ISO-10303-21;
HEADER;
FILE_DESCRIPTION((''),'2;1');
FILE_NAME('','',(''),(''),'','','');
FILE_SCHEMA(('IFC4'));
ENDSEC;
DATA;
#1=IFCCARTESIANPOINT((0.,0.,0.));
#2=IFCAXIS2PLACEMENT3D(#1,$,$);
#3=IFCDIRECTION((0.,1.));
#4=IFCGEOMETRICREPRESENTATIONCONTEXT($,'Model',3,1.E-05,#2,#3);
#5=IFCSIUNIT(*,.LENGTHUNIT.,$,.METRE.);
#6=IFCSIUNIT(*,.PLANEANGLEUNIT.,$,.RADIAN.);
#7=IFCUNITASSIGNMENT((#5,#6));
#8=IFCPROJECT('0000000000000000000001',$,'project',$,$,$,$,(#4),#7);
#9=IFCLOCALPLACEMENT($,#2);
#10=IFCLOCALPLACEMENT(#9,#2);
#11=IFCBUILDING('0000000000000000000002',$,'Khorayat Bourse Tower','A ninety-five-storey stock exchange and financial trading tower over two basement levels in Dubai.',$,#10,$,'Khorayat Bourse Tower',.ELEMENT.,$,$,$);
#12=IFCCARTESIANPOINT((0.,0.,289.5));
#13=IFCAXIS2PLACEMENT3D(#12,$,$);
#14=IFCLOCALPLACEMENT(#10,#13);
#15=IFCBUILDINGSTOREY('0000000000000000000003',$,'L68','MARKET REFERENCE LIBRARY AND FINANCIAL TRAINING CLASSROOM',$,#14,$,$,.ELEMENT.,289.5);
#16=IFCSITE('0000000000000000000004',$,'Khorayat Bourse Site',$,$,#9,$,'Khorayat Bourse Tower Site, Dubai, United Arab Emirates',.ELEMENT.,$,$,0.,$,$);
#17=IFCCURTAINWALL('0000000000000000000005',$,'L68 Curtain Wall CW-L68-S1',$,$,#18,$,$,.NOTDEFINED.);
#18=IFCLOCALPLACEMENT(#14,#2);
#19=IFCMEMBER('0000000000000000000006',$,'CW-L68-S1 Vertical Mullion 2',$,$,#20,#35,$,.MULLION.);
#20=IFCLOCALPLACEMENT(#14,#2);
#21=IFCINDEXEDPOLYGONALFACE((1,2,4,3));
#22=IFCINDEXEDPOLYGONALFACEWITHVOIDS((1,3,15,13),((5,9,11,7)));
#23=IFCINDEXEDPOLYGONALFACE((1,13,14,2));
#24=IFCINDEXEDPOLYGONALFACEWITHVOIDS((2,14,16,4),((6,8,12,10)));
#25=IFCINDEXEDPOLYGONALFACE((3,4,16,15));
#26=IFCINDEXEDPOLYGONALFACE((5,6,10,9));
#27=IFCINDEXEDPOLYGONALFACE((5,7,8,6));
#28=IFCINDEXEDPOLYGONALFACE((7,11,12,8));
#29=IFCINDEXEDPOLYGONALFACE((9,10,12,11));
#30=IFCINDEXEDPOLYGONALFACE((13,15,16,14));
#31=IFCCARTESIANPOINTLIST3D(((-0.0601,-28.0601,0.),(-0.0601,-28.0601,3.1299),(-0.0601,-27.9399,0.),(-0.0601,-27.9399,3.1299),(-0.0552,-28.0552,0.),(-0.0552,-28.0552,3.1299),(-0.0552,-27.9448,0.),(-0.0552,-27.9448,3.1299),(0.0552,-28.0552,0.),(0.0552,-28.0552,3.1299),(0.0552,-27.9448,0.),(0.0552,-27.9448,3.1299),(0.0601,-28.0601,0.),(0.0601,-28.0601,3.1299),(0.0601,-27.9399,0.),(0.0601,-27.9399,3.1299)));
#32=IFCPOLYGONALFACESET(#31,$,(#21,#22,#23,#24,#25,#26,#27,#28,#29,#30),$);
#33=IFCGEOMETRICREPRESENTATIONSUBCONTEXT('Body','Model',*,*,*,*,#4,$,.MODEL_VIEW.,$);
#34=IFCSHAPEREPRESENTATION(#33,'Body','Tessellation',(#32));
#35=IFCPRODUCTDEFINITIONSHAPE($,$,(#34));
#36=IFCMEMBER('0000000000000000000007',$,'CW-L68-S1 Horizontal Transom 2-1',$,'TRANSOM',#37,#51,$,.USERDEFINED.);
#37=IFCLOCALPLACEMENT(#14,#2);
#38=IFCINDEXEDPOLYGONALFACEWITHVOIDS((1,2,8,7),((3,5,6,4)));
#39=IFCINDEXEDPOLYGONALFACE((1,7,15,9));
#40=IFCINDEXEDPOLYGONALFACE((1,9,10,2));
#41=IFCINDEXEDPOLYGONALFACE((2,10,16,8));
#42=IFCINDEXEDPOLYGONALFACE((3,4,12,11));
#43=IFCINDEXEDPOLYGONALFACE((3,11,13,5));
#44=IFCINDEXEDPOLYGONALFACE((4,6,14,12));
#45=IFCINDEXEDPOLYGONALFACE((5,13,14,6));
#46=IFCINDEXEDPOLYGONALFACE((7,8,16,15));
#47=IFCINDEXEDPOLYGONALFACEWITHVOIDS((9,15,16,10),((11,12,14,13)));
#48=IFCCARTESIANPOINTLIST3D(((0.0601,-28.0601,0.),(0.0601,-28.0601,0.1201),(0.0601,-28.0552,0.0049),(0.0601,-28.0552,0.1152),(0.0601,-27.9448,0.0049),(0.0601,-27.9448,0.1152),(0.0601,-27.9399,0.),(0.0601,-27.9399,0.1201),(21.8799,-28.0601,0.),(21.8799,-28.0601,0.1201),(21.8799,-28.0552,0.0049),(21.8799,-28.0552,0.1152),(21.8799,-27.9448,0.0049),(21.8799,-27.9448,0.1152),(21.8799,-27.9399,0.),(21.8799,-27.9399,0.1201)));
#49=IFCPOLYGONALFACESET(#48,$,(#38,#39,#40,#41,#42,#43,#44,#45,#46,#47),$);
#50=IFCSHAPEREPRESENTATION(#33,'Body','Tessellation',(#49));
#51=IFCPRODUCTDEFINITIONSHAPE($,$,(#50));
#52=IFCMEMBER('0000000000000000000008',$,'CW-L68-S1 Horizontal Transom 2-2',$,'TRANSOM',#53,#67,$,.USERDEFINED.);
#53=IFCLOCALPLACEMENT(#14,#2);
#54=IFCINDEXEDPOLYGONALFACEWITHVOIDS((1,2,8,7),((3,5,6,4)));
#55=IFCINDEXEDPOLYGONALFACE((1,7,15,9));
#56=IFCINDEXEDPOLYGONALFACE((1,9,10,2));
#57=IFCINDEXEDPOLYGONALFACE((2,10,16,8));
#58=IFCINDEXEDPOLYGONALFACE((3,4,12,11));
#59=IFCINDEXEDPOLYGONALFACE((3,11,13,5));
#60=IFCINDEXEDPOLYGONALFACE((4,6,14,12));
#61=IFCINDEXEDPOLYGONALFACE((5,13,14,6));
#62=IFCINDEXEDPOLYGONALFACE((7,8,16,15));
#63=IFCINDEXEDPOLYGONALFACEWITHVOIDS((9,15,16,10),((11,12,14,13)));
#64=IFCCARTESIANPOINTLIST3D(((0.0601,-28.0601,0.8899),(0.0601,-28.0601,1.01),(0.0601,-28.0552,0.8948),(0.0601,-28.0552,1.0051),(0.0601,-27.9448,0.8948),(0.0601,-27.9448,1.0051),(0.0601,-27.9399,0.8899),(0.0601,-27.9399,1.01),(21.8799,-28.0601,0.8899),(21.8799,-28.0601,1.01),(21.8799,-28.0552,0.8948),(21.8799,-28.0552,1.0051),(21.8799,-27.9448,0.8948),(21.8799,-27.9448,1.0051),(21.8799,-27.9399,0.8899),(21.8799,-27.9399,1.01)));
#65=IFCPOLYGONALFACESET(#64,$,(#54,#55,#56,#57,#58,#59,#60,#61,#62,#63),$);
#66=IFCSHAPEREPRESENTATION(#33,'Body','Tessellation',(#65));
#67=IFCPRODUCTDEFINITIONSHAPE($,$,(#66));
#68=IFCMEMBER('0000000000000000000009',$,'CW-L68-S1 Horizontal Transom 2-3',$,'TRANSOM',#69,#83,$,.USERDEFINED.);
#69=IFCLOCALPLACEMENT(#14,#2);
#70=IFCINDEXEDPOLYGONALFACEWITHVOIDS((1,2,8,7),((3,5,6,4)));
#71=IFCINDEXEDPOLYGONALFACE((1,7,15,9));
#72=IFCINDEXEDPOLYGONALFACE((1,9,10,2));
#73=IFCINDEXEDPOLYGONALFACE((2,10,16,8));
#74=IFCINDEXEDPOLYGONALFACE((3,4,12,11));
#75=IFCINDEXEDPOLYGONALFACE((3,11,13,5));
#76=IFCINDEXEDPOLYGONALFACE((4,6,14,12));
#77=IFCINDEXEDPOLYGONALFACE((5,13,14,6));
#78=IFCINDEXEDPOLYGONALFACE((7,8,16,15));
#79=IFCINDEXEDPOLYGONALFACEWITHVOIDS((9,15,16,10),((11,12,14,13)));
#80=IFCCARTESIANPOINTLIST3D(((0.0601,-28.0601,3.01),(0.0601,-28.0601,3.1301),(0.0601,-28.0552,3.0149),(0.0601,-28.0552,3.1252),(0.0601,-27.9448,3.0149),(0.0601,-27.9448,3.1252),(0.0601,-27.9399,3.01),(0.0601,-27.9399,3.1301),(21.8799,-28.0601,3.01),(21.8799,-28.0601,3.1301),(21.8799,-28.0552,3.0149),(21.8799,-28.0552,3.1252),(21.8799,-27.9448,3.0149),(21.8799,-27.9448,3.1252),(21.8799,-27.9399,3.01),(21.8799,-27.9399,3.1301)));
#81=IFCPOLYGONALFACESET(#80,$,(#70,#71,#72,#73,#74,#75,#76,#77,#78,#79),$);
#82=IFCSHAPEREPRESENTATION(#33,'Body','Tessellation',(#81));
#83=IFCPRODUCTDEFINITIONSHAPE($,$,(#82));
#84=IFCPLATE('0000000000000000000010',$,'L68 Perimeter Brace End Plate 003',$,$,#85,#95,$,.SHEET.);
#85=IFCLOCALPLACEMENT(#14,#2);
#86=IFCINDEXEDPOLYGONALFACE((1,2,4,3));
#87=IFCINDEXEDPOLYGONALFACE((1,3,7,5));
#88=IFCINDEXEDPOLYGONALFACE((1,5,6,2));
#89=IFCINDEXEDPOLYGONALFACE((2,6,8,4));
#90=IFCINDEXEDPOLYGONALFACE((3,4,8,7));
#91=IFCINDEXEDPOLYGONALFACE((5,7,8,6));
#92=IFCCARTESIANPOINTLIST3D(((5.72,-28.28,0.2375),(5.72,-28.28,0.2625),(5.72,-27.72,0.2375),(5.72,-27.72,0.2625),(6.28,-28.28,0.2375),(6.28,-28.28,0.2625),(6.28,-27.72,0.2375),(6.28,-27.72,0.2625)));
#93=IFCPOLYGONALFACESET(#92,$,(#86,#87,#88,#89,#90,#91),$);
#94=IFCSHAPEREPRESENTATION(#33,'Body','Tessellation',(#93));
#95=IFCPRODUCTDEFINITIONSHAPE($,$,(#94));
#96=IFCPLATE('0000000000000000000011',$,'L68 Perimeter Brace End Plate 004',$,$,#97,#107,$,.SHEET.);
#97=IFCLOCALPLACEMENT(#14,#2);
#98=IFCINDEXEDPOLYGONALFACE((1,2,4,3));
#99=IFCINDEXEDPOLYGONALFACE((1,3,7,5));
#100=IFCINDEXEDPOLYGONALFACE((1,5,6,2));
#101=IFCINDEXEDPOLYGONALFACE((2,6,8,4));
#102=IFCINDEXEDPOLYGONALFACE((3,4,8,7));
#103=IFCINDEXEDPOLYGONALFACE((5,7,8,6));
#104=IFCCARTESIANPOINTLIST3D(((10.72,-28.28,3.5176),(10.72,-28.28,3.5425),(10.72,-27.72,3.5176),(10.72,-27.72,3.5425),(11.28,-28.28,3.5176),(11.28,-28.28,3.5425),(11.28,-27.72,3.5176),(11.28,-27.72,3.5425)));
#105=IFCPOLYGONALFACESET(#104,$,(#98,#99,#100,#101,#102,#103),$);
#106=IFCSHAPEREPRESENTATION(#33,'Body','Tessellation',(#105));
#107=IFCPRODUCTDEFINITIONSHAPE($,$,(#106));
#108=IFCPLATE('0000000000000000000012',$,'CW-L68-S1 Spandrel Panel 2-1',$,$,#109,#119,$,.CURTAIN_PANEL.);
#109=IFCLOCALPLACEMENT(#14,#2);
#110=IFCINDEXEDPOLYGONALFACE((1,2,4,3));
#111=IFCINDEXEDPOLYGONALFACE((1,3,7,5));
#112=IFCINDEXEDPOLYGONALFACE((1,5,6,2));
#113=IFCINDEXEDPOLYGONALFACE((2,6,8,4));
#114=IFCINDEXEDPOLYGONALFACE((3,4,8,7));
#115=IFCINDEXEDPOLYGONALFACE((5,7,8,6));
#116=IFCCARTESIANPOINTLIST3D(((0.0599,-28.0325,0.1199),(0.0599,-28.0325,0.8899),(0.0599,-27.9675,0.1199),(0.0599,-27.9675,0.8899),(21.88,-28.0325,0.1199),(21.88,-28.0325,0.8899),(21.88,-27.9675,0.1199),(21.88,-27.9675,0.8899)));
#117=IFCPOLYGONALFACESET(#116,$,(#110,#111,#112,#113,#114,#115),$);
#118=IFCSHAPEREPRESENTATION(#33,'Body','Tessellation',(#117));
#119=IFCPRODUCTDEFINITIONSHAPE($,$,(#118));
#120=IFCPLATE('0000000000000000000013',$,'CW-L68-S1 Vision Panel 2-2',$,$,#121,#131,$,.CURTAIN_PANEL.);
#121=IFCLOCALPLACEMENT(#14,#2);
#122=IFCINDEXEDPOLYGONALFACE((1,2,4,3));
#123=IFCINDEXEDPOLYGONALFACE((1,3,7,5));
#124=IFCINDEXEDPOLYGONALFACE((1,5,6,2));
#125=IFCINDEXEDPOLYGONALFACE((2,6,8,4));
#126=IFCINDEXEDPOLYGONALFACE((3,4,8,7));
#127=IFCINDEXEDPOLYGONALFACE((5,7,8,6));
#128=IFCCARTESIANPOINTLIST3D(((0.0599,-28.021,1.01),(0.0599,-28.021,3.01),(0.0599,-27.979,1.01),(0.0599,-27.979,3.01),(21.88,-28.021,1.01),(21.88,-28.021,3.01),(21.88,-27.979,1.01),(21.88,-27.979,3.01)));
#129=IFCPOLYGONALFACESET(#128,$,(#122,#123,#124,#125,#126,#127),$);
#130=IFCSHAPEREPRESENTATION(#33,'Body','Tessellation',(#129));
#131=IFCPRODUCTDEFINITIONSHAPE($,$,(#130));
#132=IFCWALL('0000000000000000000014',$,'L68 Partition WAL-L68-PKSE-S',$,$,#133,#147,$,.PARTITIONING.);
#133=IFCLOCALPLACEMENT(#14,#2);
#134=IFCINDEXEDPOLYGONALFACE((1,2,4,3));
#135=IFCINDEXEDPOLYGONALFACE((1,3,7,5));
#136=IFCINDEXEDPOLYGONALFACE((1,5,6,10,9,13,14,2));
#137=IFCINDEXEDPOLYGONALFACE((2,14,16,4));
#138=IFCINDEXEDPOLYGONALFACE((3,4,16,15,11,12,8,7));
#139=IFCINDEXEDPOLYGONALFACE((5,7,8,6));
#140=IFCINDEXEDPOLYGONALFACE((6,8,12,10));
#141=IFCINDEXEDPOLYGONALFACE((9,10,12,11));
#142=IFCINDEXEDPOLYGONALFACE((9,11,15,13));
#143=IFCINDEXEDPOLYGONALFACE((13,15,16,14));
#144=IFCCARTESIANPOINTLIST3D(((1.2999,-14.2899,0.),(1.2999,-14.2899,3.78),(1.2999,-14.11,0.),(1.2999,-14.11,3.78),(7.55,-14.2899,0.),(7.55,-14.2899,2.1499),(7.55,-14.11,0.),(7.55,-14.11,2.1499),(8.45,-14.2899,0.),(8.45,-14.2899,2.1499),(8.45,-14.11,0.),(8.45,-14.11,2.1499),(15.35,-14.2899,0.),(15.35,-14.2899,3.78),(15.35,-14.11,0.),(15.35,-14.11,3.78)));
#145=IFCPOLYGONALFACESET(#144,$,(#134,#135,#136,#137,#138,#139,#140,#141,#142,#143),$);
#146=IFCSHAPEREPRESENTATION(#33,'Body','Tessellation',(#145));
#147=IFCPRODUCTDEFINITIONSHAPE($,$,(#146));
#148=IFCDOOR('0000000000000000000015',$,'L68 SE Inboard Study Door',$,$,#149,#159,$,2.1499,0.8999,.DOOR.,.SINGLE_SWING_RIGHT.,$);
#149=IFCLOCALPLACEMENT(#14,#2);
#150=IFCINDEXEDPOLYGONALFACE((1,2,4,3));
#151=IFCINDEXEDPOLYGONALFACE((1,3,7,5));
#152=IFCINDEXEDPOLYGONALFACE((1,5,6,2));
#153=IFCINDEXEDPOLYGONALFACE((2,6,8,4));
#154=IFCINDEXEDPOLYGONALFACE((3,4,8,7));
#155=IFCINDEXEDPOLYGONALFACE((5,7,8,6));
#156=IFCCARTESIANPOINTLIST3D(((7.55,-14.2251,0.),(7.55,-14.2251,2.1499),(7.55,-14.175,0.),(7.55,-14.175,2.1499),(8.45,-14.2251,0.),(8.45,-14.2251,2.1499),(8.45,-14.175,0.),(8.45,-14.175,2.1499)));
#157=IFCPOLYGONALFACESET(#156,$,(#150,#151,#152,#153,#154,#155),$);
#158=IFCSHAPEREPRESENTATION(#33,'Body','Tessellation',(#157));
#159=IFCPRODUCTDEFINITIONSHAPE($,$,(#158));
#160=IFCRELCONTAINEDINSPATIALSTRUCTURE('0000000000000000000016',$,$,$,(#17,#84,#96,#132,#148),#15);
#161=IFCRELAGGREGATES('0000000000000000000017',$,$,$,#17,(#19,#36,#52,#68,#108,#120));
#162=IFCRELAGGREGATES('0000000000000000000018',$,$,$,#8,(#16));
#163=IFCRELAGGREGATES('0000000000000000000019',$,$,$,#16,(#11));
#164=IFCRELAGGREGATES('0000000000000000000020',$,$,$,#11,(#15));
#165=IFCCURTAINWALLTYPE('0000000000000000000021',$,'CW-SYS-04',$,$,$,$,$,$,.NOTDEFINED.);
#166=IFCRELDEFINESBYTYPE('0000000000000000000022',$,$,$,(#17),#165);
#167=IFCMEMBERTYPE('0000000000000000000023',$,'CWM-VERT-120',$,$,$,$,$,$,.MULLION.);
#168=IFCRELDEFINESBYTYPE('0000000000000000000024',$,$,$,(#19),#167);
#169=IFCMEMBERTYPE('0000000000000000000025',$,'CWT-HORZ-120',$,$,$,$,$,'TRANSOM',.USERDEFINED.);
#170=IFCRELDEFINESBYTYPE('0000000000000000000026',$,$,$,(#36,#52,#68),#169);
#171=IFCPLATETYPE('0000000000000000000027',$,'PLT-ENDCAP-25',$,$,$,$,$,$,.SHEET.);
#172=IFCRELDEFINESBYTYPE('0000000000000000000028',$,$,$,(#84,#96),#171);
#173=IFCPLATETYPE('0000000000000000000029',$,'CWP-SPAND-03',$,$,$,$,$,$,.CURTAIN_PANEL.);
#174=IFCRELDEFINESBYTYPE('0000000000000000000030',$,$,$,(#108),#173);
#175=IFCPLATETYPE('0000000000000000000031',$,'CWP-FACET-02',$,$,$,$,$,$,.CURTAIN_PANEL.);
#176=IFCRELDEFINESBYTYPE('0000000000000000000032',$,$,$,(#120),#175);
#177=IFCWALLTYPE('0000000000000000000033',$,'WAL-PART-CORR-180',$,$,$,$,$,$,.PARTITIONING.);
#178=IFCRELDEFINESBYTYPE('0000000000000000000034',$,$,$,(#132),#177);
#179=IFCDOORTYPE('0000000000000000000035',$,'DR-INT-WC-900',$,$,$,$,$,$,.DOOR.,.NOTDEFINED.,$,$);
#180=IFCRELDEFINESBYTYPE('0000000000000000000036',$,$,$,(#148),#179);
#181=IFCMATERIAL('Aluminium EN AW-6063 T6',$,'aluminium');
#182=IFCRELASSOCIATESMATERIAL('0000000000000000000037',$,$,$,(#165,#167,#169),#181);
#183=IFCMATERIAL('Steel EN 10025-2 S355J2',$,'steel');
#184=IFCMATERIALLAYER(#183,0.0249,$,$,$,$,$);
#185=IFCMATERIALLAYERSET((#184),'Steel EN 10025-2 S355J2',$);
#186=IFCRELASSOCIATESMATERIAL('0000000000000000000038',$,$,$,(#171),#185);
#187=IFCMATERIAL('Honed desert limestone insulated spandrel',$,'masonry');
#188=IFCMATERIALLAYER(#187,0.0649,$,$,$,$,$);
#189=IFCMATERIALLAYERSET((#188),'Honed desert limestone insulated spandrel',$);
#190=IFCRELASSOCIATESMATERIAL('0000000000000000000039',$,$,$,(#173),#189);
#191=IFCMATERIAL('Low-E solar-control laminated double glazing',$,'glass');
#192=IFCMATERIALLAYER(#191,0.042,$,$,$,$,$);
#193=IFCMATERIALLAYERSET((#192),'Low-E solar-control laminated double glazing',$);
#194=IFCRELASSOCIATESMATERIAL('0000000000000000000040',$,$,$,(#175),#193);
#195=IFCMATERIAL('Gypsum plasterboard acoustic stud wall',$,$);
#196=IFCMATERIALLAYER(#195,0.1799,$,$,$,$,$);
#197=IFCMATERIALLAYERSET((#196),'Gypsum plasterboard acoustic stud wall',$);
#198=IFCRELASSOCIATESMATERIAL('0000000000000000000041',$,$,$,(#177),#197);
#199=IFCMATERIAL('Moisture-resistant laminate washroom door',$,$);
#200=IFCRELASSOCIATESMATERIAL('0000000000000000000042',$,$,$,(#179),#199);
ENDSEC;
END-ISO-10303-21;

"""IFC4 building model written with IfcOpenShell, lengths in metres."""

from ifc_helpers import new_model, si_unit, direction, frame, frame_2d, origin, origin_2d, place, context, subcontext, project, spatial, rectangle, hollow_rectangle, extrude, source, transform, mapped, material, layer, layer_set, material_profile, profile_set, type_object, element, fill, aggregate, save


model = new_model("IFC4")

# Units and contexts
model_context = context("Model", 3, precision=1e-05, world=origin(), true_north=direction((0.0, 1.0)))
body_context = subcontext(model_context, "Body", "Model", "MODEL_VIEW")
ifc_project = project(units=[si_unit("LENGTHUNIT", "METRE"), si_unit("PLANEANGLEUNIT", "RADIAN")], contexts=[model_context])

# Site, building, storey
site_placement = place(None, origin())
site = spatial("IfcSite", under=ifc_project, at=site_placement, Name="Khorayat Bourse Site", LongName="Khorayat Bourse Tower Site, Dubai, United Arab Emirates", CompositionType="ELEMENT", RefElevation=0.0)
building_placement = place(site_placement, origin())
building = spatial("IfcBuilding", under=site, at=building_placement, Name="Khorayat Bourse Tower", Description="A ninety-five-storey stock exchange and financial trading tower over two basement levels in Dubai.", LongName="Khorayat Bourse Tower", CompositionType="ELEMENT")
storey_placement = place(building_placement, frame((0.0, 0.0, 289.5)))
storey = spatial("IfcBuildingStorey", under=building, at=storey_placement, Name="L68", Description="MARKET REFERENCE LIBRARY AND FINANCIAL TRAINING CLASSROOM", CompositionType="ELEMENT", Elevation=289.5)

# Curtain wall, members
ifc_material_1 = material(Name="Aluminium EN AW-6063 T6", Category="aluminium")
curtain_wall_type = type_object("IfcCurtainWallType", Name="CW-SYS-04", PredefinedType="NOTDEFINED", material=ifc_material_1)
curtain_wall_placement = place(storey_placement, origin())
curtain_wall = element("IfcCurtainWall", 1, at=curtain_wall_placement, inside=storey, type_object=curtain_wall_type, Name="L68 Curtain Wall CW-L68-S1", PredefinedType="NOTDEFINED")
ifc_material_profile_1 = material_profile(ifc_material_1, hollow_rectangle(XDim=0.1201, YDim=0.1201, WallThickness=0.0049, at=origin_2d()), Name="ALU 120x120x5")
ifc_profile_set_1 = profile_set([ifc_material_profile_1], Name="Aluminium EN AW-6063 T6")
member_type_1 = type_object("IfcMemberType", Name="CWM-VERT-120", PredefinedType="MULLION", material=ifc_profile_set_1)
shared_shape_1 = source(origin(), body_context, "Body", "SweptSolid", [
    extrude(hollow_rectangle(XDim=0.1201, YDim=0.1201, WallThickness=0.0049, at=origin_2d()), origin(), (0.0, 0.0, 1.0), 3.1299),
])
member_1_placement = place(storey_placement, frame((0.0, -28.0, 0.0), z_axis=(0.0, 0.0, 1.0), x_axis=(0.0, 1.0, 0.0)))
member_1 = element("IfcMember", 2, at=member_1_placement, type_object=member_type_1, Name="CW-L68-S1 Vertical Mullion 2", PredefinedType="MULLION", context=body_context, shape_type="MappedRepresentation", body=[
    mapped(shared_shape_1, transform((0.0, 0.0, 0.0), scale=1.0)),
])
ifc_material_profile_2 = material_profile(ifc_material_1, hollow_rectangle(XDim=0.1201, YDim=0.1201, WallThickness=0.0049, at=origin_2d()), Name="ALU 120x120x5")
ifc_profile_set_2 = profile_set([ifc_material_profile_2], Name="Aluminium EN AW-6063 T6")
member_type_2 = type_object("IfcMemberType", Name="CWT-HORZ-120", ElementType="TRANSOM", PredefinedType="USERDEFINED", material=ifc_profile_set_2)
shared_shape_2 = source(origin(), body_context, "Body", "SweptSolid", [
    extrude(hollow_rectangle(XDim=0.1201, YDim=0.1201, WallThickness=0.0049, at=origin_2d()), origin(), (0.0, 0.0, 1.0), 21.8198),
])
member_2_placement = place(storey_placement, frame((0.0601, -28.0, 0.0601), z_axis=(1.0, 0.0, 0.0), x_axis=(0.0, 1.0, 0.0)))
member_2 = element("IfcMember", 3, at=member_2_placement, type_object=member_type_2, Name="CW-L68-S1 Horizontal Transom 2-1", ObjectType="TRANSOM", PredefinedType="USERDEFINED", context=body_context, shape_type="MappedRepresentation", body=[
    mapped(shared_shape_2, transform((0.0, 0.0, 0.0), scale=1.0)),
])
member_3_placement = place(storey_placement, frame((0.0601, -28.0, 0.95), z_axis=(1.0, 0.0, 0.0), x_axis=(0.0, 1.0, 0.0)))
member_3 = element("IfcMember", 4, at=member_3_placement, type_object=member_type_2, Name="CW-L68-S1 Horizontal Transom 2-2", ObjectType="TRANSOM", PredefinedType="USERDEFINED", context=body_context, shape_type="MappedRepresentation", body=[
    mapped(shared_shape_2, transform((0.0, 0.0, 0.0), scale=1.0)),
])
member_4_placement = place(storey_placement, frame((0.0601, -28.0, 3.0701), z_axis=(1.0, 0.0, 0.0), x_axis=(0.0, 1.0, 0.0)))
member_4 = element("IfcMember", 5, at=member_4_placement, type_object=member_type_2, Name="CW-L68-S1 Horizontal Transom 2-3", ObjectType="TRANSOM", PredefinedType="USERDEFINED", context=body_context, shape_type="MappedRepresentation", body=[
    mapped(shared_shape_2, transform((0.0, 0.0, 0.0), scale=1.0)),
])

# Plates
ifc_material_2 = material(Name="Steel EN 10025-2 S355J2", Category="steel")
ifc_layer_1 = layer(ifc_material_2, 0.0249)
ifc_layer_set_1 = layer_set([ifc_layer_1], Name="Steel EN 10025-2 S355J2")
plate_type_1 = type_object("IfcPlateType", Name="PLT-ENDCAP-25", PredefinedType="SHEET", material=ifc_layer_set_1)
shared_shape_3 = source(origin(), body_context, "Body", "SweptSolid", [
    extrude(rectangle(XDim=0.5601, YDim=0.5601, at=origin_2d()), origin(), (0.0, 0.0, 1.0), 0.0249),
])
for number, where, z_axis, x_axis, name in (
    (6, (6.0, -28.0, 0.2375), (0.0, 0.0, 1.0), (1.0, 0.0, 0.0), "L68 Perimeter Brace End Plate 003"),
    (7, (11.0, -28.0, 3.5176), (0.0, 0.0, 1.0), (1.0, 0.0, 0.0), "L68 Perimeter Brace End Plate 004"),
):
    element("IfcPlate", number, at=place(storey_placement, frame(where, z_axis=z_axis, x_axis=x_axis)), inside=storey, type_object=plate_type_1, Name=name, PredefinedType="SHEET", context=body_context, shape_type="MappedRepresentation", body=[
        mapped(shared_shape_3, transform((0.0, 0.0, 0.0), scale=1.0)),
    ])

# Plates
ifc_material_3 = material(Name="Honed desert limestone insulated spandrel", Category="masonry")
ifc_layer_2 = layer(ifc_material_3, 0.0649)
ifc_layer_set_2 = layer_set([ifc_layer_2], Name="Honed desert limestone insulated spandrel")
plate_type_2 = type_object("IfcPlateType", Name="CWP-SPAND-03", PredefinedType="CURTAIN_PANEL", material=ifc_layer_set_2)
shared_shape_4 = source(origin(), body_context, "Body", "SweptSolid", [
    extrude(rectangle(XDim=21.8201, YDim=0.0649, at=origin_2d()), origin(), (0.0, 0.0, 1.0), 0.77),
])
plate_1_placement = place(storey_placement, frame((10.97, -28.0, 0.1199), z_axis=(0.0, 0.0, 1.0), x_axis=(1.0, 0.0, 0.0)))
plate_1 = element("IfcPlate", 8, at=plate_1_placement, type_object=plate_type_2, Name="CW-L68-S1 Spandrel Panel 2-1", PredefinedType="CURTAIN_PANEL", context=body_context, shape_type="MappedRepresentation", body=[
    mapped(shared_shape_4, transform((0.0, 0.0, 0.0), scale=1.0)),
])
ifc_material_4 = material(Name="Low-E solar-control laminated double glazing", Category="glass")
ifc_layer_3 = layer(ifc_material_4, 0.042)
ifc_layer_set_3 = layer_set([ifc_layer_3], Name="Low-E solar-control laminated double glazing")
plate_type_3 = type_object("IfcPlateType", Name="CWP-FACET-02", PredefinedType="CURTAIN_PANEL", material=ifc_layer_set_3)
shared_shape_5 = source(origin(), body_context, "Body", "SweptSolid", [
    extrude(rectangle(XDim=21.8201, YDim=0.042, at=origin_2d()), origin(), (0.0, 0.0, 1.0), 2.0),
])
plate_2_placement = place(storey_placement, frame((10.97, -28.0, 1.01), z_axis=(0.0, 0.0, 1.0), x_axis=(1.0, 0.0, 0.0)))
plate_2 = element("IfcPlate", 9, at=plate_2_placement, type_object=plate_type_3, Name="CW-L68-S1 Vision Panel 2-2", PredefinedType="CURTAIN_PANEL", context=body_context, shape_type="MappedRepresentation", body=[
    mapped(shared_shape_5, transform((0.0, 0.0, 0.0), scale=1.0)),
])
aggregate(curtain_wall, [member_1, member_2, member_3, member_4, plate_1, plate_2])

# Wall, opening, door
ifc_material_5 = material(Name="Gypsum plasterboard acoustic stud wall")
ifc_layer_4 = layer(ifc_material_5, 0.1799)
ifc_layer_set_4 = layer_set([ifc_layer_4], Name="Gypsum plasterboard acoustic stud wall")
wall_type_1 = type_object("IfcWallType", Name="WAL-PART-CORR-180", PredefinedType="PARTITIONING", material=ifc_layer_set_4)
shared_shape_6 = source(origin(), body_context, "Body", "SweptSolid", [
    extrude(rectangle(XDim=14.05, YDim=0.1799, at=frame_2d((7.0249, 0.0))), origin(), (0.0, 0.0, 1.0), 3.78),
])
wall_1_placement = place(storey_placement, frame((1.3, -14.2, 0.0), z_axis=(0.0, 0.0, 1.0), x_axis=(1.0, 0.0, 0.0)))
wall_1 = element("IfcWall", 10, at=wall_1_placement, inside=storey, type_object=wall_type_1, Name="L68 Partition WAL-L68-PKSE-S", PredefinedType="PARTITIONING", context=body_context, shape_type="MappedRepresentation", body=[
    mapped(shared_shape_6, transform((0.0, 0.0, 0.0), scale=1.0)),
])
shared_shape_7 = source(origin(), body_context, "Body", "SweptSolid", [
    extrude(rectangle(XDim=0.8999, YDim=2.1499, at=frame_2d((0.45, 1.075))), frame((0.0, 0.0999, 0.0), z_axis=(0.0, -1.0, 0.0), x_axis=(1.0, 0.0, 0.0)), (0.0, 0.0, 1.0), 0.2),
])
opening_1_placement = place(wall_1_placement, frame((6.25, 0.0, 0.0)))
opening_1 = element("IfcOpeningElement", 11, at=opening_1_placement, cuts=wall_1, PredefinedType="OPENING", context=body_context, shape_type="MappedRepresentation", body=[
    mapped(shared_shape_7, transform((0.0, 0.0, 0.0), scale=1.0)),
])
ifc_material_6 = material(Name="Moisture-resistant laminate washroom door")
door_type_1 = type_object("IfcDoorType", Name="DR-INT-WC-900", OperationType="NOTDEFINED", PredefinedType="DOOR", material=ifc_material_6)
shared_shape_8 = source(origin(), body_context, "Body", "SweptSolid", [
    extrude(rectangle(XDim=0.8999, YDim=2.1499, at=frame_2d((0.45, 1.075))), frame((0.0, 0.0249, 0.0), z_axis=(0.0, -1.0, 0.0), x_axis=(1.0, 0.0, 0.0)), (0.0, 0.0, 1.0), 0.05),
])
door_1_placement = place(opening_1_placement, origin())
door_1 = element("IfcDoor", 12, at=door_1_placement, inside=storey, type_object=door_type_1, Name="L68 SE Inboard Study Door", OperationType="SINGLE_SWING_RIGHT", OverallHeight=2.1499, OverallWidth=0.8999, PredefinedType="DOOR", context=body_context, shape_type="MappedRepresentation", body=[
    mapped(shared_shape_8, transform((0.0, 0.0, 0.0), scale=1.0)),
])
fill(opening_1, door_1)

save(model, "model.ifc")
